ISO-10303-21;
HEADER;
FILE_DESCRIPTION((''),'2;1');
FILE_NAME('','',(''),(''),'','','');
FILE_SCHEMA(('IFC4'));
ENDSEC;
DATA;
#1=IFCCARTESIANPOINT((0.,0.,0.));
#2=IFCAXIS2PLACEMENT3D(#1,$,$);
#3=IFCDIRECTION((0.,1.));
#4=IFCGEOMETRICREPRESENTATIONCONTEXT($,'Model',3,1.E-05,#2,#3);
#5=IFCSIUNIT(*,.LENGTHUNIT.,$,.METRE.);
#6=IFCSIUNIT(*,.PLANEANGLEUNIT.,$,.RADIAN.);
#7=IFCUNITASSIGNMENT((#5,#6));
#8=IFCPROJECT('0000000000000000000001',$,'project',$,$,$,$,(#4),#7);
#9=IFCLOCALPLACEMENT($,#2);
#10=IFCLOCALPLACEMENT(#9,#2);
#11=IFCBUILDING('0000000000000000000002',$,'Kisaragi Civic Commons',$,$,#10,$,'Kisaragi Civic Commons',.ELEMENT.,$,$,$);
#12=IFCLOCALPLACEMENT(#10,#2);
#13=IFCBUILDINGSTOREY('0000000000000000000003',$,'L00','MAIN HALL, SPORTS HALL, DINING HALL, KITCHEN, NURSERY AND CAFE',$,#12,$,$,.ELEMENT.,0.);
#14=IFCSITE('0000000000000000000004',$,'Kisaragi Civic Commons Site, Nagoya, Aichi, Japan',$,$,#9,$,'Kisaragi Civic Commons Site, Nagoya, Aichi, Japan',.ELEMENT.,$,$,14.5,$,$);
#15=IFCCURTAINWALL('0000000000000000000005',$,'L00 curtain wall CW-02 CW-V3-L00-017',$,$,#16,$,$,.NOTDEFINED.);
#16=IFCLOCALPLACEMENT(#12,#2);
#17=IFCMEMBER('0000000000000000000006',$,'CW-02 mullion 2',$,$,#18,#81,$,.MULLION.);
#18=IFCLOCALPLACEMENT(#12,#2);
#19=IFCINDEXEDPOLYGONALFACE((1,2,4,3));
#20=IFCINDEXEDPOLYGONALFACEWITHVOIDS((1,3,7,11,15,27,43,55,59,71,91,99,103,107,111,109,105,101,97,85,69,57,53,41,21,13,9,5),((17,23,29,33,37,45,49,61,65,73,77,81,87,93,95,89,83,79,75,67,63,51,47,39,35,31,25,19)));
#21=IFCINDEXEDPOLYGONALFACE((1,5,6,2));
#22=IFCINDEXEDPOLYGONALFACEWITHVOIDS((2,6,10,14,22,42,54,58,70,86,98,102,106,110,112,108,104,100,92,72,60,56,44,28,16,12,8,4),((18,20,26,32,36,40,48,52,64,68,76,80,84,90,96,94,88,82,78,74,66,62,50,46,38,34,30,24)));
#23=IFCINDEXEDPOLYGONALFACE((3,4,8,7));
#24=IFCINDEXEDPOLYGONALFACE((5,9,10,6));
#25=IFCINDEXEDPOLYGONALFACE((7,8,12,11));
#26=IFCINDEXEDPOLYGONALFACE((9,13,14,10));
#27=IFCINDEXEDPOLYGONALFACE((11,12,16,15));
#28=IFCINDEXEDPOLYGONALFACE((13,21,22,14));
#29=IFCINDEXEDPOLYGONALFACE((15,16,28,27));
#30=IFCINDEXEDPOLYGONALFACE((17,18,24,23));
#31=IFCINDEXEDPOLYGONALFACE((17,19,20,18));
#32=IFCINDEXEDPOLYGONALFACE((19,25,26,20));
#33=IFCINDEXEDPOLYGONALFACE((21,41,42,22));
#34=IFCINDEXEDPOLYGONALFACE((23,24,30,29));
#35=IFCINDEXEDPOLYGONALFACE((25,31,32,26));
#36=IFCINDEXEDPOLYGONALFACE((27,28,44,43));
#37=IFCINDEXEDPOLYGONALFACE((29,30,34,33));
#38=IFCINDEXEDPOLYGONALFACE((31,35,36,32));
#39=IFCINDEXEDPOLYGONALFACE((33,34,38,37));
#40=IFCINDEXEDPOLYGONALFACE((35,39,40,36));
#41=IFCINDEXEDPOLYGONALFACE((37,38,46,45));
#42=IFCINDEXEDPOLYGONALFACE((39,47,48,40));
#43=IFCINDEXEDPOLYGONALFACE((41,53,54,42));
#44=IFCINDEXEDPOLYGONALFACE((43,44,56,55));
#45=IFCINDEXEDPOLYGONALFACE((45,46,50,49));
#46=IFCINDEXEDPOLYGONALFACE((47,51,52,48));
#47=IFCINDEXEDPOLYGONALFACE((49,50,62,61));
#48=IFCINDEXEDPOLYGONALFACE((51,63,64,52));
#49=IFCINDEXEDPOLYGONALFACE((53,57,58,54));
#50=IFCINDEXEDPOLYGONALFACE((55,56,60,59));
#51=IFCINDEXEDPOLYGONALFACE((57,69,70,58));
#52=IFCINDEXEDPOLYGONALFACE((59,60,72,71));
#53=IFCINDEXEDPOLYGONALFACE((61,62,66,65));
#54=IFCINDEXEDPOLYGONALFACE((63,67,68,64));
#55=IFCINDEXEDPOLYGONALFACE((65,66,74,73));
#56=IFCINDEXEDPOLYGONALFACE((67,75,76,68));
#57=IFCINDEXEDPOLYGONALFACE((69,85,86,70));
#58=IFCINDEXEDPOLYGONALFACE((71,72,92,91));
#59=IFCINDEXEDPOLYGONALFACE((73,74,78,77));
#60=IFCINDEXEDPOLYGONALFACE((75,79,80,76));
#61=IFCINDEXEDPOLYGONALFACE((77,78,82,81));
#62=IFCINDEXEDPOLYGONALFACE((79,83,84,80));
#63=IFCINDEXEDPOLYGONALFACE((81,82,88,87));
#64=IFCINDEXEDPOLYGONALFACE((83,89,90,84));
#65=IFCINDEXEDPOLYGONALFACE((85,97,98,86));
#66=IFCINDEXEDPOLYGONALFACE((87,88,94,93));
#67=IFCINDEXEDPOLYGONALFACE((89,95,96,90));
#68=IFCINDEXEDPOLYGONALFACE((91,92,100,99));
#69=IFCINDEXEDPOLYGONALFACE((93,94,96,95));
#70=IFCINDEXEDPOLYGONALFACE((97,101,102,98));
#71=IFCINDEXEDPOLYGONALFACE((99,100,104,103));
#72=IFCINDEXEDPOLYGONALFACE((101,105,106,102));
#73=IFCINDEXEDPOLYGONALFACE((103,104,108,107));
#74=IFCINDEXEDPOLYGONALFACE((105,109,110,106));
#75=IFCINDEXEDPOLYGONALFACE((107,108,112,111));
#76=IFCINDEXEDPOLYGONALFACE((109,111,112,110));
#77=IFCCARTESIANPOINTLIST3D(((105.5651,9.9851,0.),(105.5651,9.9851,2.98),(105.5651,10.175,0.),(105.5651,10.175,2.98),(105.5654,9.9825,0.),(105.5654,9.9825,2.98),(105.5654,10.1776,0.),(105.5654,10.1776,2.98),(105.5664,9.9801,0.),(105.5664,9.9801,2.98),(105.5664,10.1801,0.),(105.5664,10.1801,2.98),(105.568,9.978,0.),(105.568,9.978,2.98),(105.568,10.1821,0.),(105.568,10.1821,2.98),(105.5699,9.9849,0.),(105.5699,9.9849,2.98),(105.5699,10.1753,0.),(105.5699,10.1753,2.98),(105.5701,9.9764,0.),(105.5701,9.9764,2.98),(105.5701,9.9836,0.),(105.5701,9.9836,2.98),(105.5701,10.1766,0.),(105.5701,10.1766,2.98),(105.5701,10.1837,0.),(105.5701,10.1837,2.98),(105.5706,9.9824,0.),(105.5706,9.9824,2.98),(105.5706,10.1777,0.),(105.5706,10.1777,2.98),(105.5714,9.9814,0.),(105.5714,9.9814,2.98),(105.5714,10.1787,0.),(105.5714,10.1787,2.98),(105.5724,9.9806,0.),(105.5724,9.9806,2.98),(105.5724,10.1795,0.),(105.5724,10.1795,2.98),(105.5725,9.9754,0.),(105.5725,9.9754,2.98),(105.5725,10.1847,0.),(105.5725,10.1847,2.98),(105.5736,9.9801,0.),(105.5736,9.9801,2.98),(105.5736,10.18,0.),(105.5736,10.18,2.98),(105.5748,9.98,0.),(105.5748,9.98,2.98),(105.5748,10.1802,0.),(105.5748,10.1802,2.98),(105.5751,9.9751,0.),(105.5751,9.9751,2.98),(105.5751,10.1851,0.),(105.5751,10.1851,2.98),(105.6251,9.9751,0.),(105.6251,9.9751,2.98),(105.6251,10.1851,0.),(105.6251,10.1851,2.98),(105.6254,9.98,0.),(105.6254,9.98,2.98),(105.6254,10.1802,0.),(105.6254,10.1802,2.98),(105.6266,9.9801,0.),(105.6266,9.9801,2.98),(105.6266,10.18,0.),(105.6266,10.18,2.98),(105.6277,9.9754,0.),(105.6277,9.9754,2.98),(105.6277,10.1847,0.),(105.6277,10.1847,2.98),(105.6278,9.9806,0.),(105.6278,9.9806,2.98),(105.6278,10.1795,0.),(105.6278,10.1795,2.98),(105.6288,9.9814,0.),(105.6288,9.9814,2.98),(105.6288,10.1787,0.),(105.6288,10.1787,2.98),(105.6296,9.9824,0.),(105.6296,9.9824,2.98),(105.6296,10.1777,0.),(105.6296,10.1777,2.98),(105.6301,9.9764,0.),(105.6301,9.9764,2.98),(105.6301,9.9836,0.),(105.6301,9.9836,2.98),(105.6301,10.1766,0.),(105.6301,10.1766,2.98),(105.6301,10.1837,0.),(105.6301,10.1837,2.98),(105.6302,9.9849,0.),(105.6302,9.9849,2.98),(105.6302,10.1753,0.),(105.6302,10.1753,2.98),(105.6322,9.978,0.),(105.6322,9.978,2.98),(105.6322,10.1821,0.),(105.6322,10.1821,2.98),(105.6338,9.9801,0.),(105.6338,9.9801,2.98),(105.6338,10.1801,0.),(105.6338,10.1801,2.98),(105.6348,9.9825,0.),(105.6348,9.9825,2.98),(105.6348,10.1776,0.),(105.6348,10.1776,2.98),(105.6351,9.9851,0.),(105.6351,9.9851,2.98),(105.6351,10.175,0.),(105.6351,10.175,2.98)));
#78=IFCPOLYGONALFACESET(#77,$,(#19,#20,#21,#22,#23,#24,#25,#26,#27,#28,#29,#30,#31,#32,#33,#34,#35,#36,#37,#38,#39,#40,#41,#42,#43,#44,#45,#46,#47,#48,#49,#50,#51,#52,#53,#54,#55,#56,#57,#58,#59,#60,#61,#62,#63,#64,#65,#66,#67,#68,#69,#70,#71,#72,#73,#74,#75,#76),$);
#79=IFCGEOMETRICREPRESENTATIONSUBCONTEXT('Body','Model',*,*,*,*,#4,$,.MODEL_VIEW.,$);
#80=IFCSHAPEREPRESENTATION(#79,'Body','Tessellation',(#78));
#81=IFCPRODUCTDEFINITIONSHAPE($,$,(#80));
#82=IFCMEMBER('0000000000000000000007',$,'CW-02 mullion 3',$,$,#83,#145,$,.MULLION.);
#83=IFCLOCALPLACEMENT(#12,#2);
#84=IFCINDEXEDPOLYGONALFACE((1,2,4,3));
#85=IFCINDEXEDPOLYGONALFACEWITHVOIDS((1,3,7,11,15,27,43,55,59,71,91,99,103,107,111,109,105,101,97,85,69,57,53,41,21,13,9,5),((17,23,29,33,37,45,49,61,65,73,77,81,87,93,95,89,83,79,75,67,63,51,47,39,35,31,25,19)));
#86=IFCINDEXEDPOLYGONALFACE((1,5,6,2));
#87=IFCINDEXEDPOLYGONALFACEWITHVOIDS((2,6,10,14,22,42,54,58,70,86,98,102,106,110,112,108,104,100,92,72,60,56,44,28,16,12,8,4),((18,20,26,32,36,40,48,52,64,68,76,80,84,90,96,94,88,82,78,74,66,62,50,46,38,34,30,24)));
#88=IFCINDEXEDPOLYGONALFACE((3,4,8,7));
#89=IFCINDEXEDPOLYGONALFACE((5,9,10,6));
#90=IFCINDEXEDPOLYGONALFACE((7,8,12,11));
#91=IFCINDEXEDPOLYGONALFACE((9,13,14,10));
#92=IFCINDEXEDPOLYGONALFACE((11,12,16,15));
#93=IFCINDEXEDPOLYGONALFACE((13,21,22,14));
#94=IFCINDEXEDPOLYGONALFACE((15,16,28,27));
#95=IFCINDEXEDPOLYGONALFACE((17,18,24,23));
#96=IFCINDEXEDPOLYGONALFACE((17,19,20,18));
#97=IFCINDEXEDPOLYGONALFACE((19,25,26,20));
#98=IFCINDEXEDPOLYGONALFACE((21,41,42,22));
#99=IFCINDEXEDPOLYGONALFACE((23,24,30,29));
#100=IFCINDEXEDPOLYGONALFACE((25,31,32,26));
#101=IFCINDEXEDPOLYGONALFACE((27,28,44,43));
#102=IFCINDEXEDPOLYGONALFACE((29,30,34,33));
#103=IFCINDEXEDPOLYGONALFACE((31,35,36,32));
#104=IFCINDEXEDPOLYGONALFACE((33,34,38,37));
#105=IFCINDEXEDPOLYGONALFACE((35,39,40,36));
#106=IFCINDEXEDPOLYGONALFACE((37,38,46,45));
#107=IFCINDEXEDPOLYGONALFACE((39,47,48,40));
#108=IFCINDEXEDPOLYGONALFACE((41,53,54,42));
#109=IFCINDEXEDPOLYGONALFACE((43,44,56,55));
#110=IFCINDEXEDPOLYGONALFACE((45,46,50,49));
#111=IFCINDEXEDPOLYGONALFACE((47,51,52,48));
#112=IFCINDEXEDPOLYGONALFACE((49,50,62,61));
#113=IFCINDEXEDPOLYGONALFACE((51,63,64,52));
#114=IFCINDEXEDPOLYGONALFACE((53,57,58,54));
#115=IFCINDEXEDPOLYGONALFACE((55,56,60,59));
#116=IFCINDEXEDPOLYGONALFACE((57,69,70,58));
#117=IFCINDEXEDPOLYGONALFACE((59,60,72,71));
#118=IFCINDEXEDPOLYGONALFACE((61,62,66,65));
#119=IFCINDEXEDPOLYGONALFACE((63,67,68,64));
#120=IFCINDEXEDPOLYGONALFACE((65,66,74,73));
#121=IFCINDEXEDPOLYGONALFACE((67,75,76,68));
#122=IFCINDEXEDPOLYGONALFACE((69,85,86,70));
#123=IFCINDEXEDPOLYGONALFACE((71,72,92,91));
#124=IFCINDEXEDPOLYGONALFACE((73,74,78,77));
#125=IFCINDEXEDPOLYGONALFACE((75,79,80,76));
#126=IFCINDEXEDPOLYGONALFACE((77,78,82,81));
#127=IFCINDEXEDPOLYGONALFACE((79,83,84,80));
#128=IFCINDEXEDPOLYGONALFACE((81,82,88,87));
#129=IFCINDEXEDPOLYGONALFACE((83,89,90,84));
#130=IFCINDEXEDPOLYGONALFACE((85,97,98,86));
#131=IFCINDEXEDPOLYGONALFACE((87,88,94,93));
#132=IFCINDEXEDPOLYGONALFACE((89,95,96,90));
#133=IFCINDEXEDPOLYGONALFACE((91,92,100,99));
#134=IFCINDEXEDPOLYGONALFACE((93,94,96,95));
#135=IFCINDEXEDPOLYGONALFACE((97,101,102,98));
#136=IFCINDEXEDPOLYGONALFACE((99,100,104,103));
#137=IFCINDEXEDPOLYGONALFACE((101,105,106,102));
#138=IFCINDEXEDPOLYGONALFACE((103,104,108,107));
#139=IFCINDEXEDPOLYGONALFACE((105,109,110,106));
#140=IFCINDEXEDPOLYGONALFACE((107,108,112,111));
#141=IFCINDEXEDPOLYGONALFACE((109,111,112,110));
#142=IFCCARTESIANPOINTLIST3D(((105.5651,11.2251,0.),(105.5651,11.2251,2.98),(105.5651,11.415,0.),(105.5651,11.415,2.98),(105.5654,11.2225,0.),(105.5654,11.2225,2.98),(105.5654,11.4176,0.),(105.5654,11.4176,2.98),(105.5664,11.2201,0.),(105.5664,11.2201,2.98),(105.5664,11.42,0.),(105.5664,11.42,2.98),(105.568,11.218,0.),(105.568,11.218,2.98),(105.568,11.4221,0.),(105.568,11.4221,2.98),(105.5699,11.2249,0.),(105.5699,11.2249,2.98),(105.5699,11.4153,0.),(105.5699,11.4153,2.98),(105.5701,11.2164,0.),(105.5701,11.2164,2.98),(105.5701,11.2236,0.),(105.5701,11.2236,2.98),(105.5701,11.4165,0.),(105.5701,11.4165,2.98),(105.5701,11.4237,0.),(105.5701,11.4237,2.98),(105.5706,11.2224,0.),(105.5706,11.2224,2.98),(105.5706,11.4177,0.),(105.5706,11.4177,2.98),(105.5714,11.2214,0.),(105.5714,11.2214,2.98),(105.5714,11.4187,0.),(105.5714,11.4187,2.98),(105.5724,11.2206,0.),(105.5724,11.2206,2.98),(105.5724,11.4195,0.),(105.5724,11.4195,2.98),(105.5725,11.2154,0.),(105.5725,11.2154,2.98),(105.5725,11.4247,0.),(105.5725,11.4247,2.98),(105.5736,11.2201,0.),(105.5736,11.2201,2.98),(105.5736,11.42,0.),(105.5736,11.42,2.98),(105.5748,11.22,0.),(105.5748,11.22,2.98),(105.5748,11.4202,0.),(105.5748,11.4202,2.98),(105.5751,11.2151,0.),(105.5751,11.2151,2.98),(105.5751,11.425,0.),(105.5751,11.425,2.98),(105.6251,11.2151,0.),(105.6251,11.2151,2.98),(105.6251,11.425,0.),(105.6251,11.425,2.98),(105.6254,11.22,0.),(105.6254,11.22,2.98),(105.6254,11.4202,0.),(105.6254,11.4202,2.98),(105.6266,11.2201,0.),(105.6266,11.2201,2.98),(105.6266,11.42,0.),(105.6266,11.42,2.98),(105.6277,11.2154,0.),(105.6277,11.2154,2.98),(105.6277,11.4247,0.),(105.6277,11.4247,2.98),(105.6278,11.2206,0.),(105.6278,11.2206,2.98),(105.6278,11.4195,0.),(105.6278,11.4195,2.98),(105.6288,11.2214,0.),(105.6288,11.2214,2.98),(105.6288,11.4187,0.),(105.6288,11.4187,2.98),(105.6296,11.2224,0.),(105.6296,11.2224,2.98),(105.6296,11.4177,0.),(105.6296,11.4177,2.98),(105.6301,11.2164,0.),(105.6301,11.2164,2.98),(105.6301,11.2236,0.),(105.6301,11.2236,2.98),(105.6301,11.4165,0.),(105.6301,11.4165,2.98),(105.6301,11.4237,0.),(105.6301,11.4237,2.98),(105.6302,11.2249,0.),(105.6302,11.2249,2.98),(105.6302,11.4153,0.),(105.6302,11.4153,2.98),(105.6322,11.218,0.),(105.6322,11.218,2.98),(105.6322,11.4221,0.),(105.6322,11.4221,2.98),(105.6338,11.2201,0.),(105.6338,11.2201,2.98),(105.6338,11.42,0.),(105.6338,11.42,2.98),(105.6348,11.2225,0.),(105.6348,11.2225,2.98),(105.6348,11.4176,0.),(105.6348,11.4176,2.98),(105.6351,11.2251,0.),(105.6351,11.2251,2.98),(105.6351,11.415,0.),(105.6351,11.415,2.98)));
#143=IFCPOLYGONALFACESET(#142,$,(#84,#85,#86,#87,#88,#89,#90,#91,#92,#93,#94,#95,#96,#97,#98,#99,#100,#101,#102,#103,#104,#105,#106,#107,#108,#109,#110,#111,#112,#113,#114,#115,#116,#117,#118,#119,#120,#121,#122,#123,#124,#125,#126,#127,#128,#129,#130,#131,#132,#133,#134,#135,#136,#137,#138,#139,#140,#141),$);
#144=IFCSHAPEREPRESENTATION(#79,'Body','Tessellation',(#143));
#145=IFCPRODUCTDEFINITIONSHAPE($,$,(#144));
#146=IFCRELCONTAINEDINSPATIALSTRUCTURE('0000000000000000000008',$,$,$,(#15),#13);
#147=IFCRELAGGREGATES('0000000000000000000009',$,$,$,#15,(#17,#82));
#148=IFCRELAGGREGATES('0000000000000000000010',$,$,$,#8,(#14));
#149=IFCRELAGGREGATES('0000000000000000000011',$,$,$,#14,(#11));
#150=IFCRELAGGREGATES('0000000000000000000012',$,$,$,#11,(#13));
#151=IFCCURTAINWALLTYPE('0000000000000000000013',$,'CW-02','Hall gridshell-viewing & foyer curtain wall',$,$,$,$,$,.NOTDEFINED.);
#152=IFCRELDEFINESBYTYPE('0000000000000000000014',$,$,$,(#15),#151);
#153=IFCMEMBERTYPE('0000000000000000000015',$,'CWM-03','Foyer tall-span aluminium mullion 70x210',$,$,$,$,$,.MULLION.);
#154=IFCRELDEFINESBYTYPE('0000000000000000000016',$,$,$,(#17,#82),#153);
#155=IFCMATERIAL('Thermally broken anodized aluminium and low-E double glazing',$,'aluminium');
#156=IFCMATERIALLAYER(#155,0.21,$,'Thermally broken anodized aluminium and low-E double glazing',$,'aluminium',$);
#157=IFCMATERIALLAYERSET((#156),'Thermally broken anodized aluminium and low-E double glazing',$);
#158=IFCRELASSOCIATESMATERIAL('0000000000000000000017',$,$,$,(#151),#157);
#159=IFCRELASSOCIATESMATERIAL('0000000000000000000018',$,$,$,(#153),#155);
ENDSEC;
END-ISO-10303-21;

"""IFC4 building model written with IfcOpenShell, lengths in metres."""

from ifc_helpers import new_model, si_unit, direction, frame, origin, origin_2d, place, context, subcontext, project, spatial, hollow_rectangle, extrude, material, layer, layer_set, material_profile, profile_set, type_object, element, aggregate, save


model = new_model("IFC4")

# Units and contexts
model_context = context("Model", 3, precision=1e-05, world=origin(), true_north=direction((0.0, 1.0)))
body_context = subcontext(model_context, "Body", "Model", "MODEL_VIEW")
ifc_project = project(units=[si_unit("LENGTHUNIT", "METRE"), si_unit("PLANEANGLEUNIT", "RADIAN")], contexts=[model_context])

# Site, building, storey
site_placement = place(None, origin())
site = spatial("IfcSite", under=ifc_project, at=site_placement, Name="Kisaragi Civic Commons Site, Nagoya, Aichi, Japan", LongName="Kisaragi Civic Commons Site, Nagoya, Aichi, Japan", CompositionType="ELEMENT", RefElevation=14.5)
building_placement = place(site_placement, origin())
building = spatial("IfcBuilding", under=site, at=building_placement, Name="Kisaragi Civic Commons", LongName="Kisaragi Civic Commons", CompositionType="ELEMENT")
storey_placement = place(building_placement, origin())
storey = spatial("IfcBuildingStorey", under=building, at=storey_placement, Name="L00", Description="MAIN HALL, SPORTS HALL, DINING HALL, KITCHEN, NURSERY AND CAFE", CompositionType="ELEMENT", Elevation=0.0)

# Curtain wall, members
ifc_material_1 = material(Name="Thermally broken anodized aluminium and low-E double glazing", Category="aluminium")
ifc_layer_1 = layer(ifc_material_1, 0.21, Name="Thermally broken anodized aluminium and low-E double glazing", Category="aluminium")
ifc_layer_set_1 = layer_set([ifc_layer_1], Name="Thermally broken anodized aluminium and low-E double glazing")
curtain_wall_type = type_object("IfcCurtainWallType", Name="CW-02", Description="Hall gridshell-viewing & foyer curtain wall", PredefinedType="NOTDEFINED", material=ifc_layer_set_1)
curtain_wall_1_placement = place(storey_placement, origin())
curtain_wall_1 = element("IfcCurtainWall", 1, at=curtain_wall_1_placement, inside=storey, type_object=curtain_wall_type, Name="L00 curtain wall CW-02 CW-V3-L00-017", PredefinedType="NOTDEFINED")
ifc_material_profile_1 = material_profile(ifc_material_1, hollow_rectangle(XDim=0.0701, YDim=0.21, WallThickness=0.0049, InnerFilletRadius=0.0049, OuterFilletRadius=0.01, at=origin_2d()), Name="CWM-70x210x5", Category="aluminium")
ifc_profile_set_1 = profile_set([ifc_material_profile_1], Name="Thermally broken anodized aluminium and low-E double glazing")
member_type_1 = type_object("IfcMemberType", Name="CWM-03", Description="Foyer tall-span aluminium mullion 70x210", PredefinedType="MULLION", material=ifc_profile_set_1)
member_1_placement = place(storey_placement, frame((105.6001, 10.0801, 0.0), z_axis=(0.0, 0.0, 1.0), x_axis=(-1.0, 0.0, 0.0)))
member_1 = element("IfcMember", 2, at=member_1_placement, type_object=member_type_1, Name="CW-02 mullion 2", PredefinedType="MULLION", context=body_context, shape_type="SweptSolid", body=[
    extrude(hollow_rectangle(XDim=0.0701, YDim=0.21, WallThickness=0.0049, InnerFilletRadius=0.0049, OuterFilletRadius=0.01, at=origin_2d()), origin(), (0.0, 0.0, 1.0), 2.98),
])
member_2_placement = place(storey_placement, frame((105.6001, 11.3201, 0.0), z_axis=(0.0, 0.0, 1.0), x_axis=(-1.0, 0.0, 0.0)))
member_2 = element("IfcMember", 3, at=member_2_placement, type_object=member_type_1, Name="CW-02 mullion 3", PredefinedType="MULLION", context=body_context, shape_type="SweptSolid", body=[
    extrude(hollow_rectangle(XDim=0.0701, YDim=0.21, WallThickness=0.0049, InnerFilletRadius=0.0049, OuterFilletRadius=0.01, at=origin_2d()), origin(), (0.0, 0.0, 1.0), 2.98),
])

aggregate(curtain_wall_1, [member_1, member_2])

save(model, "model.ifc")
